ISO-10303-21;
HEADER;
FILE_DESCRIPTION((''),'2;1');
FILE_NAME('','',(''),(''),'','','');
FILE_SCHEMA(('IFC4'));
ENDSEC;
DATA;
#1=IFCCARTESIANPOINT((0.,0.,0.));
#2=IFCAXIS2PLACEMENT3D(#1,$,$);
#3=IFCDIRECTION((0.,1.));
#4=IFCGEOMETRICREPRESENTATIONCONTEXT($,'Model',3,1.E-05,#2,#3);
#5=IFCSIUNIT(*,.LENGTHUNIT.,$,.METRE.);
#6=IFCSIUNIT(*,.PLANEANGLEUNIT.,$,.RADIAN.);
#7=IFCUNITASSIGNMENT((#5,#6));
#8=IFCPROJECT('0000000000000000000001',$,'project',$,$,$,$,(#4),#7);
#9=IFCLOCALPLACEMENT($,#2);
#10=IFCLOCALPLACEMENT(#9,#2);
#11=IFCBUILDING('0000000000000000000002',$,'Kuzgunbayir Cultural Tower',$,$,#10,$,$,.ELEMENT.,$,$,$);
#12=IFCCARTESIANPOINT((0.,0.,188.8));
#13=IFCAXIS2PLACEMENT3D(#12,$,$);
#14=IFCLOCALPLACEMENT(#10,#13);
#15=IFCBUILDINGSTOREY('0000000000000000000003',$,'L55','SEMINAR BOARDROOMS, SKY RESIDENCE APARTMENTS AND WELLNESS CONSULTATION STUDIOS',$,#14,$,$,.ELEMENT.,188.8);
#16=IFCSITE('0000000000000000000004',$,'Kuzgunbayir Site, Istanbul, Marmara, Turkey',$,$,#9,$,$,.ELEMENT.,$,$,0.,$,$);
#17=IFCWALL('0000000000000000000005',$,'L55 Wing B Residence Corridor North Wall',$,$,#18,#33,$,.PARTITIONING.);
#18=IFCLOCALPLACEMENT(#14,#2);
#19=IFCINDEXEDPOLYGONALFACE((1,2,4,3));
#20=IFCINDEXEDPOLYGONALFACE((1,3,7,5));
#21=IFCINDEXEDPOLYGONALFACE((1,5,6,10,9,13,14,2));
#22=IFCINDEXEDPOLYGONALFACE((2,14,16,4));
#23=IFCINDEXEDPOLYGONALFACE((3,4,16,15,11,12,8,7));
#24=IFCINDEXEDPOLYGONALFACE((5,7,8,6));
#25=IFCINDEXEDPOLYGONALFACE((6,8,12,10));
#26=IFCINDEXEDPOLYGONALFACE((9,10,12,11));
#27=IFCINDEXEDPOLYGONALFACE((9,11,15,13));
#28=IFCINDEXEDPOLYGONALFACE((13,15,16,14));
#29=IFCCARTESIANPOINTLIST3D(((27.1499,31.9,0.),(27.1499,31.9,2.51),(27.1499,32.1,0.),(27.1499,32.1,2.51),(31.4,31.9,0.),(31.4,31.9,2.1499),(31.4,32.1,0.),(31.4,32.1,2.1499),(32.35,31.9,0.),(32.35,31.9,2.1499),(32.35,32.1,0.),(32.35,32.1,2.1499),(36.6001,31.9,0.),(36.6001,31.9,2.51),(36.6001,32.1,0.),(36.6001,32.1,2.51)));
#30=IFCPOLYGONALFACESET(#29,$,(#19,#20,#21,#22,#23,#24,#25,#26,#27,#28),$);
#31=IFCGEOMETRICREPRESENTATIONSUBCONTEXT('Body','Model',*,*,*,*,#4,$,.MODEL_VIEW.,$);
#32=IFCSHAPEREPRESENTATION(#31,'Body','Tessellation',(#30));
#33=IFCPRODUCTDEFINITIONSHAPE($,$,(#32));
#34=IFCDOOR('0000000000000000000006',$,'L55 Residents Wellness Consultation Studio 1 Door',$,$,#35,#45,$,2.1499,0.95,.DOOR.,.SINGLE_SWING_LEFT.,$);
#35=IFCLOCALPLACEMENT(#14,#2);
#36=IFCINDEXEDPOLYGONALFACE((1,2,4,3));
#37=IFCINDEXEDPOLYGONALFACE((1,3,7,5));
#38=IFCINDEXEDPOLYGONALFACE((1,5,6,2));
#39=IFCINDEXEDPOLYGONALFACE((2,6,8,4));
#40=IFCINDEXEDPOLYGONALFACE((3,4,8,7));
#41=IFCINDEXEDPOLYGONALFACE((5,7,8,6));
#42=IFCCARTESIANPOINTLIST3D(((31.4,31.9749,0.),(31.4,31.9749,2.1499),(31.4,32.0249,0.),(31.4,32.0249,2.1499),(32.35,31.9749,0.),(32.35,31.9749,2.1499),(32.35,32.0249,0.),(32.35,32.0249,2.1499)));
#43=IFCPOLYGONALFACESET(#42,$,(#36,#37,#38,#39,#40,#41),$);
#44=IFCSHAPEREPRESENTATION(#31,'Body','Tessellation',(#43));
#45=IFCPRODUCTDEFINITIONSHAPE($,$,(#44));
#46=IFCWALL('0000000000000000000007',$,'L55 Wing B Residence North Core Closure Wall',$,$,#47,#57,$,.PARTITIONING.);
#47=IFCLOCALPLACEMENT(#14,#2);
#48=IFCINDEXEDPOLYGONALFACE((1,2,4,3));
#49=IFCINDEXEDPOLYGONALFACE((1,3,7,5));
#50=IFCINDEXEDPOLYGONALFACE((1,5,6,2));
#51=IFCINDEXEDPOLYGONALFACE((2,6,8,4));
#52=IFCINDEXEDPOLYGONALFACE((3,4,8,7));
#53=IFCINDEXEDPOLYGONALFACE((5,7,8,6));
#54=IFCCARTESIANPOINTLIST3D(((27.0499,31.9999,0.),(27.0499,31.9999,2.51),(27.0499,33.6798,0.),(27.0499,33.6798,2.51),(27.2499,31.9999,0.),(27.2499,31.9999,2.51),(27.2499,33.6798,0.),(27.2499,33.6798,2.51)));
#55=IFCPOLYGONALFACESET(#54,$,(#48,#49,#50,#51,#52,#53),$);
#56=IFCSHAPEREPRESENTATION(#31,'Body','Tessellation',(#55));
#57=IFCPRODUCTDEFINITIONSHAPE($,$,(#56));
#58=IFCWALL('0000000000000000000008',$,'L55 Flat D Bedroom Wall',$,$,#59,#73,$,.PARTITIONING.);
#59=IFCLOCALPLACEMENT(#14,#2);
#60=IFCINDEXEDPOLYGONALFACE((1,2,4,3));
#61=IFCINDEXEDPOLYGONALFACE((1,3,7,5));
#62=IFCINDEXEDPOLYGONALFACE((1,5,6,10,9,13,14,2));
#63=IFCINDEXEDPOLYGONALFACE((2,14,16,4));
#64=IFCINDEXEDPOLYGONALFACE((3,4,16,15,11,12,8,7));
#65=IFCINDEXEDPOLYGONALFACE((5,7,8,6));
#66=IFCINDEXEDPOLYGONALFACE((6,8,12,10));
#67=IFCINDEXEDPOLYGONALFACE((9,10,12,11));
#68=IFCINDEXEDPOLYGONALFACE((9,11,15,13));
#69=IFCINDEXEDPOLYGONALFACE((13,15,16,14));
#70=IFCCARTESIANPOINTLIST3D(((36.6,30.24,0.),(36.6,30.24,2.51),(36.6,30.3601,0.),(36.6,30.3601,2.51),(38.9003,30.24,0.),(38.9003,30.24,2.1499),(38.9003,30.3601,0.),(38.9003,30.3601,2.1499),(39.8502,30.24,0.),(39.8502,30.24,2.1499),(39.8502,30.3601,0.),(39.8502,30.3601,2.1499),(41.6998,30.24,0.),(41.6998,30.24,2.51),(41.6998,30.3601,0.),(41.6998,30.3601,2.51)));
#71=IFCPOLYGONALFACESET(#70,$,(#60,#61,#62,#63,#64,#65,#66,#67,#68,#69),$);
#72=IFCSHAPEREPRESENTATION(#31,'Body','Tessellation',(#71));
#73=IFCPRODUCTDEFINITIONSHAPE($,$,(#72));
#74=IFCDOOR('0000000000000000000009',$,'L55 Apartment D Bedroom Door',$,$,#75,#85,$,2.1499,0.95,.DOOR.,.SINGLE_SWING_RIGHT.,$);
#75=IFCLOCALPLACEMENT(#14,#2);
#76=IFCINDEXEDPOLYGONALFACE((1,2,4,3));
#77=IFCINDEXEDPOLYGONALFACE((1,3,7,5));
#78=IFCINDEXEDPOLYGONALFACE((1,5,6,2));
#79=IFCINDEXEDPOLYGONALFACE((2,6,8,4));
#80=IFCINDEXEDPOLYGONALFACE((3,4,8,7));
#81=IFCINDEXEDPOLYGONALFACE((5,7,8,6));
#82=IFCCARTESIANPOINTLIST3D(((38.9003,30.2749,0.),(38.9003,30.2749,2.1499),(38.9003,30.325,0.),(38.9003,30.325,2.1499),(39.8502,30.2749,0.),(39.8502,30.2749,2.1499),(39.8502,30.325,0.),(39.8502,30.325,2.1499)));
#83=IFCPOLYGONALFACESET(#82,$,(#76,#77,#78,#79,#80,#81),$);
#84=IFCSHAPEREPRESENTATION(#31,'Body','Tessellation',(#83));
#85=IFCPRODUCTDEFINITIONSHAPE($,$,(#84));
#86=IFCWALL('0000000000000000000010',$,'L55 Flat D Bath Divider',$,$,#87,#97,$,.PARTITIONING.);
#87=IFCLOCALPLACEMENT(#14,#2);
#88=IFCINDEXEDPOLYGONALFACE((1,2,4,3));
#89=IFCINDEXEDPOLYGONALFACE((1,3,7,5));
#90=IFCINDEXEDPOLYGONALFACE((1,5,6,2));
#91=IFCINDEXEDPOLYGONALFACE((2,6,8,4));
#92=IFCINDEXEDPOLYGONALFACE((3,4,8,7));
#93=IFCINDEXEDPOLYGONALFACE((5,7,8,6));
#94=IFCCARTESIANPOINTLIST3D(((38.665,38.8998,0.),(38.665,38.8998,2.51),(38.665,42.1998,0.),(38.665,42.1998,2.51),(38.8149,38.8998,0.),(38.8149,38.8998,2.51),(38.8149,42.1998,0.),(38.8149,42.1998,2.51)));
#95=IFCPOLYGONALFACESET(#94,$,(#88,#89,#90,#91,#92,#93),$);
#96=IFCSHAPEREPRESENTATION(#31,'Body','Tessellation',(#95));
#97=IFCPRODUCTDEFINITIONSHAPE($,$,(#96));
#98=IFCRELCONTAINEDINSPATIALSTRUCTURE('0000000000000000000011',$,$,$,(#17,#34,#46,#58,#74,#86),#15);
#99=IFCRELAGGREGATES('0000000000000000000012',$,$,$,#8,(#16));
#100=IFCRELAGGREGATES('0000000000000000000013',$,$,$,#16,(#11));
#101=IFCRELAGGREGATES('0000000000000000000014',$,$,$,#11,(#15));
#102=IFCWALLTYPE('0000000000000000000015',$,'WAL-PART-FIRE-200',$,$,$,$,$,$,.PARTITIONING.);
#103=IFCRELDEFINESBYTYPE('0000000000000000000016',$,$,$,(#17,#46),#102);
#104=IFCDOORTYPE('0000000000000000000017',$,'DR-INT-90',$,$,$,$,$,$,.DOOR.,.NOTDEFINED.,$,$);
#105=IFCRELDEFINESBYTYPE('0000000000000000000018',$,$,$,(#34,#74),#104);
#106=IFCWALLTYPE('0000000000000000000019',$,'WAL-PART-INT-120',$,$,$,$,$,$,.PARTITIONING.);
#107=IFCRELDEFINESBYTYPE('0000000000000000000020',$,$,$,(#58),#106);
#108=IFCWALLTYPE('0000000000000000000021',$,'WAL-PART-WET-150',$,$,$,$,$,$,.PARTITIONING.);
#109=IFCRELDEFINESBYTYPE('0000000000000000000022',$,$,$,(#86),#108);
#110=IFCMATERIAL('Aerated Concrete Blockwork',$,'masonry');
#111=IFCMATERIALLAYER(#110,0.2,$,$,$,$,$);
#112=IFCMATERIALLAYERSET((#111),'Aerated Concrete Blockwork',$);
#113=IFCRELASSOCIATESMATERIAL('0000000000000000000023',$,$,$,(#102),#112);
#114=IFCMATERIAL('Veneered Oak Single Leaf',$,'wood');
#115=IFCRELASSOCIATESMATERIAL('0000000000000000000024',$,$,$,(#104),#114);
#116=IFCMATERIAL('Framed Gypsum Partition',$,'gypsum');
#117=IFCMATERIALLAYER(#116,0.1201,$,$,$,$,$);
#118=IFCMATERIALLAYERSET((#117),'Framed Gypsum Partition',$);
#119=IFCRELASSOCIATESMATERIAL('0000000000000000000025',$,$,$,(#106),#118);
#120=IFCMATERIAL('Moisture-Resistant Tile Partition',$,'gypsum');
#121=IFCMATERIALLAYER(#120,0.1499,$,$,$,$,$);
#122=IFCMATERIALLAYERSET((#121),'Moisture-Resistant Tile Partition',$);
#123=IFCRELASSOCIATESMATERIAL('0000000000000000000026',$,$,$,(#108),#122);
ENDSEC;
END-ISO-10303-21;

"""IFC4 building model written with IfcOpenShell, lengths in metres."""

from ifc_helpers import new_model, si_unit, direction, frame, frame_2d, origin, place, context, subcontext, project, spatial, rectangle, extrude, material, layer, layer_set, type_object, element, fill, save


model = new_model("IFC4")

# Units and contexts
model_context = context("Model", 3, precision=1e-05, world=origin(), true_north=direction((0.0, 1.0)))
body_context = subcontext(model_context, "Body", "Model", "MODEL_VIEW")
ifc_project = project(units=[si_unit("LENGTHUNIT", "METRE"), si_unit("PLANEANGLEUNIT", "RADIAN")], contexts=[model_context])

# Site, building, storey
site_placement = place(None, origin())
site = spatial("IfcSite", under=ifc_project, at=site_placement, Name="Kuzgunbayir Site, Istanbul, Marmara, Turkey", CompositionType="ELEMENT", RefElevation=0.0)
building_placement = place(site_placement, origin())
building = spatial("IfcBuilding", under=site, at=building_placement, Name="Kuzgunbayir Cultural Tower", CompositionType="ELEMENT")
storey_placement = place(building_placement, frame((0.0, 0.0, 188.8)))
storey = spatial("IfcBuildingStorey", under=building, at=storey_placement, Name="L55", Description="SEMINAR BOARDROOMS, SKY RESIDENCE APARTMENTS AND WELLNESS CONSULTATION STUDIOS", CompositionType="ELEMENT", Elevation=188.8)

# Shared definitions
ifc_material_1 = material(Name="Aerated Concrete Blockwork", Category="masonry")
ifc_layer_1 = layer(ifc_material_1, 0.2)
ifc_layer_set_1 = layer_set([ifc_layer_1], Name="Aerated Concrete Blockwork")
wall_type_1 = type_object("IfcWallType", Name="WAL-PART-FIRE-200", PredefinedType="PARTITIONING", material=ifc_layer_set_1)
ifc_material_2 = material(Name="Veneered Oak Single Leaf", Category="wood")
door_type_1 = type_object("IfcDoorType", Name="DR-INT-90", OperationType="NOTDEFINED", PredefinedType="DOOR", material=ifc_material_2)

# Wall, opening, door
wall_1_placement = place(storey_placement, frame((27.1499, 32.0, 0.0), z_axis=(0.0, 0.0, 1.0), x_axis=(1.0, 0.0, 0.0)))
wall_1 = element("IfcWall", 1, at=wall_1_placement, inside=storey, type_object=wall_type_1, Name="L55 Wing B Residence Corridor North Wall", PredefinedType="PARTITIONING", context=body_context, shape_type="SweptSolid", body=[
    extrude(rectangle(XDim=9.4502, YDim=0.2, at=frame_2d((4.7251, 0.0))), origin(), (0.0, 0.0, 1.0), 2.51),
])
opening_1_placement = place(wall_1_placement, frame((4.25, 0.0, 0.0)))
opening_1 = element("IfcOpeningElement", 2, at=opening_1_placement, cuts=wall_1, PredefinedType="OPENING", context=body_context, shape_type="SweptSolid", body=[
    extrude(rectangle(XDim=0.95, YDim=2.1499, at=frame_2d((0.4751, 1.075))), frame((0.0, 0.1099, 0.0), z_axis=(0.0, -1.0, 0.0), x_axis=(1.0, 0.0, 0.0)), (0.0, 0.0, 1.0), 0.22),
])
door_1_placement = place(opening_1_placement, origin())
door_1 = element("IfcDoor", 3, at=door_1_placement, inside=storey, type_object=door_type_1, Name="L55 Residents Wellness Consultation Studio 1 Door", OperationType="SINGLE_SWING_LEFT", OverallHeight=2.1499, OverallWidth=0.95, PredefinedType="DOOR", context=body_context, shape_type="SweptSolid", body=[
    extrude(rectangle(XDim=0.95, YDim=2.1499, at=frame_2d((0.4751, 1.075))), frame((0.0, 0.0249, 0.0), z_axis=(0.0, -1.0, 0.0), x_axis=(1.0, 0.0, 0.0)), (0.0, 0.0, 1.0), 0.05),
])
fill(opening_1, door_1)

# Wall
wall_2_placement = place(storey_placement, frame((27.1499, 32.0, 0.0), z_axis=(0.0, 0.0, 1.0), x_axis=(0.0, 1.0, 0.0)))
element("IfcWall", 4, at=wall_2_placement, inside=storey, type_object=wall_type_1, Name="L55 Wing B Residence North Core Closure Wall", PredefinedType="PARTITIONING", context=body_context, shape_type="SweptSolid", body=[
    extrude(rectangle(XDim=1.6799, YDim=0.2, at=frame_2d((0.8398, 0.0))), origin(), (0.0, 0.0, 1.0), 2.51),
])

# Wall, opening, door
ifc_material_3 = material(Name="Framed Gypsum Partition", Category="gypsum")
ifc_layer_2 = layer(ifc_material_3, 0.1201)
ifc_layer_set_2 = layer_set([ifc_layer_2], Name="Framed Gypsum Partition")
wall_type_2 = type_object("IfcWallType", Name="WAL-PART-INT-120", PredefinedType="PARTITIONING", material=ifc_layer_set_2)
wall_3_placement = place(storey_placement, frame((36.6001, 30.3, 0.0), z_axis=(0.0, 0.0, 1.0), x_axis=(1.0, 0.0, 0.0)))
wall_3 = element("IfcWall", 5, at=wall_3_placement, inside=storey, type_object=wall_type_2, Name="L55 Flat D Bedroom Wall", PredefinedType="PARTITIONING", context=body_context, shape_type="SweptSolid", body=[
    extrude(rectangle(XDim=5.0999, YDim=0.1201, at=frame_2d((2.5498, 0.0))), origin(), (0.0, 0.0, 1.0), 2.51),
])
opening_2_placement = place(wall_3_placement, frame((2.3, 0.0, 0.0)))
opening_2 = element("IfcOpeningElement", 6, at=opening_2_placement, cuts=wall_3, PredefinedType="OPENING", context=body_context, shape_type="SweptSolid", body=[
    extrude(rectangle(XDim=0.95, YDim=2.1499, at=frame_2d((0.4751, 1.075))), frame((0.0, 0.0701, 0.0), z_axis=(0.0, -1.0, 0.0), x_axis=(1.0, 0.0, 0.0)), (0.0, 0.0, 1.0), 0.1401),
])
door_2_placement = place(opening_2_placement, origin())
door_2 = element("IfcDoor", 7, at=door_2_placement, inside=storey, type_object=door_type_1, Name="L55 Apartment D Bedroom Door", OperationType="SINGLE_SWING_RIGHT", OverallHeight=2.1499, OverallWidth=0.95, PredefinedType="DOOR", context=body_context, shape_type="SweptSolid", body=[
    extrude(rectangle(XDim=0.95, YDim=2.1499, at=frame_2d((0.4751, 1.075))), frame((0.0, 0.0249, 0.0), z_axis=(0.0, -1.0, 0.0), x_axis=(1.0, 0.0, 0.0)), (0.0, 0.0, 1.0), 0.05),
])
fill(opening_2, door_2)

# Shared definitions
ifc_material_4 = material(Name="Moisture-Resistant Tile Partition", Category="gypsum")
ifc_layer_3 = layer(ifc_material_4, 0.1499)
ifc_layer_set_3 = layer_set([ifc_layer_3], Name="Moisture-Resistant Tile Partition")
wall_type_3 = type_object("IfcWallType", Name="WAL-PART-WET-150", PredefinedType="PARTITIONING", material=ifc_layer_set_3)

# Wall
wall_4_placement = place(storey_placement, frame((38.74, 38.8999, 0.0), z_axis=(0.0, 0.0, 1.0), x_axis=(0.0, 1.0, 0.0)))
element("IfcWall", 8, at=wall_4_placement, inside=storey, type_object=wall_type_3, Name="L55 Flat D Bath Divider", PredefinedType="PARTITIONING", context=body_context, shape_type="SweptSolid", body=[
    extrude(rectangle(XDim=3.3, YDim=0.1499, at=frame_2d((1.6499, 0.0))), origin(), (0.0, 0.0, 1.0), 2.51),
])

save(model, "model.ifc")
